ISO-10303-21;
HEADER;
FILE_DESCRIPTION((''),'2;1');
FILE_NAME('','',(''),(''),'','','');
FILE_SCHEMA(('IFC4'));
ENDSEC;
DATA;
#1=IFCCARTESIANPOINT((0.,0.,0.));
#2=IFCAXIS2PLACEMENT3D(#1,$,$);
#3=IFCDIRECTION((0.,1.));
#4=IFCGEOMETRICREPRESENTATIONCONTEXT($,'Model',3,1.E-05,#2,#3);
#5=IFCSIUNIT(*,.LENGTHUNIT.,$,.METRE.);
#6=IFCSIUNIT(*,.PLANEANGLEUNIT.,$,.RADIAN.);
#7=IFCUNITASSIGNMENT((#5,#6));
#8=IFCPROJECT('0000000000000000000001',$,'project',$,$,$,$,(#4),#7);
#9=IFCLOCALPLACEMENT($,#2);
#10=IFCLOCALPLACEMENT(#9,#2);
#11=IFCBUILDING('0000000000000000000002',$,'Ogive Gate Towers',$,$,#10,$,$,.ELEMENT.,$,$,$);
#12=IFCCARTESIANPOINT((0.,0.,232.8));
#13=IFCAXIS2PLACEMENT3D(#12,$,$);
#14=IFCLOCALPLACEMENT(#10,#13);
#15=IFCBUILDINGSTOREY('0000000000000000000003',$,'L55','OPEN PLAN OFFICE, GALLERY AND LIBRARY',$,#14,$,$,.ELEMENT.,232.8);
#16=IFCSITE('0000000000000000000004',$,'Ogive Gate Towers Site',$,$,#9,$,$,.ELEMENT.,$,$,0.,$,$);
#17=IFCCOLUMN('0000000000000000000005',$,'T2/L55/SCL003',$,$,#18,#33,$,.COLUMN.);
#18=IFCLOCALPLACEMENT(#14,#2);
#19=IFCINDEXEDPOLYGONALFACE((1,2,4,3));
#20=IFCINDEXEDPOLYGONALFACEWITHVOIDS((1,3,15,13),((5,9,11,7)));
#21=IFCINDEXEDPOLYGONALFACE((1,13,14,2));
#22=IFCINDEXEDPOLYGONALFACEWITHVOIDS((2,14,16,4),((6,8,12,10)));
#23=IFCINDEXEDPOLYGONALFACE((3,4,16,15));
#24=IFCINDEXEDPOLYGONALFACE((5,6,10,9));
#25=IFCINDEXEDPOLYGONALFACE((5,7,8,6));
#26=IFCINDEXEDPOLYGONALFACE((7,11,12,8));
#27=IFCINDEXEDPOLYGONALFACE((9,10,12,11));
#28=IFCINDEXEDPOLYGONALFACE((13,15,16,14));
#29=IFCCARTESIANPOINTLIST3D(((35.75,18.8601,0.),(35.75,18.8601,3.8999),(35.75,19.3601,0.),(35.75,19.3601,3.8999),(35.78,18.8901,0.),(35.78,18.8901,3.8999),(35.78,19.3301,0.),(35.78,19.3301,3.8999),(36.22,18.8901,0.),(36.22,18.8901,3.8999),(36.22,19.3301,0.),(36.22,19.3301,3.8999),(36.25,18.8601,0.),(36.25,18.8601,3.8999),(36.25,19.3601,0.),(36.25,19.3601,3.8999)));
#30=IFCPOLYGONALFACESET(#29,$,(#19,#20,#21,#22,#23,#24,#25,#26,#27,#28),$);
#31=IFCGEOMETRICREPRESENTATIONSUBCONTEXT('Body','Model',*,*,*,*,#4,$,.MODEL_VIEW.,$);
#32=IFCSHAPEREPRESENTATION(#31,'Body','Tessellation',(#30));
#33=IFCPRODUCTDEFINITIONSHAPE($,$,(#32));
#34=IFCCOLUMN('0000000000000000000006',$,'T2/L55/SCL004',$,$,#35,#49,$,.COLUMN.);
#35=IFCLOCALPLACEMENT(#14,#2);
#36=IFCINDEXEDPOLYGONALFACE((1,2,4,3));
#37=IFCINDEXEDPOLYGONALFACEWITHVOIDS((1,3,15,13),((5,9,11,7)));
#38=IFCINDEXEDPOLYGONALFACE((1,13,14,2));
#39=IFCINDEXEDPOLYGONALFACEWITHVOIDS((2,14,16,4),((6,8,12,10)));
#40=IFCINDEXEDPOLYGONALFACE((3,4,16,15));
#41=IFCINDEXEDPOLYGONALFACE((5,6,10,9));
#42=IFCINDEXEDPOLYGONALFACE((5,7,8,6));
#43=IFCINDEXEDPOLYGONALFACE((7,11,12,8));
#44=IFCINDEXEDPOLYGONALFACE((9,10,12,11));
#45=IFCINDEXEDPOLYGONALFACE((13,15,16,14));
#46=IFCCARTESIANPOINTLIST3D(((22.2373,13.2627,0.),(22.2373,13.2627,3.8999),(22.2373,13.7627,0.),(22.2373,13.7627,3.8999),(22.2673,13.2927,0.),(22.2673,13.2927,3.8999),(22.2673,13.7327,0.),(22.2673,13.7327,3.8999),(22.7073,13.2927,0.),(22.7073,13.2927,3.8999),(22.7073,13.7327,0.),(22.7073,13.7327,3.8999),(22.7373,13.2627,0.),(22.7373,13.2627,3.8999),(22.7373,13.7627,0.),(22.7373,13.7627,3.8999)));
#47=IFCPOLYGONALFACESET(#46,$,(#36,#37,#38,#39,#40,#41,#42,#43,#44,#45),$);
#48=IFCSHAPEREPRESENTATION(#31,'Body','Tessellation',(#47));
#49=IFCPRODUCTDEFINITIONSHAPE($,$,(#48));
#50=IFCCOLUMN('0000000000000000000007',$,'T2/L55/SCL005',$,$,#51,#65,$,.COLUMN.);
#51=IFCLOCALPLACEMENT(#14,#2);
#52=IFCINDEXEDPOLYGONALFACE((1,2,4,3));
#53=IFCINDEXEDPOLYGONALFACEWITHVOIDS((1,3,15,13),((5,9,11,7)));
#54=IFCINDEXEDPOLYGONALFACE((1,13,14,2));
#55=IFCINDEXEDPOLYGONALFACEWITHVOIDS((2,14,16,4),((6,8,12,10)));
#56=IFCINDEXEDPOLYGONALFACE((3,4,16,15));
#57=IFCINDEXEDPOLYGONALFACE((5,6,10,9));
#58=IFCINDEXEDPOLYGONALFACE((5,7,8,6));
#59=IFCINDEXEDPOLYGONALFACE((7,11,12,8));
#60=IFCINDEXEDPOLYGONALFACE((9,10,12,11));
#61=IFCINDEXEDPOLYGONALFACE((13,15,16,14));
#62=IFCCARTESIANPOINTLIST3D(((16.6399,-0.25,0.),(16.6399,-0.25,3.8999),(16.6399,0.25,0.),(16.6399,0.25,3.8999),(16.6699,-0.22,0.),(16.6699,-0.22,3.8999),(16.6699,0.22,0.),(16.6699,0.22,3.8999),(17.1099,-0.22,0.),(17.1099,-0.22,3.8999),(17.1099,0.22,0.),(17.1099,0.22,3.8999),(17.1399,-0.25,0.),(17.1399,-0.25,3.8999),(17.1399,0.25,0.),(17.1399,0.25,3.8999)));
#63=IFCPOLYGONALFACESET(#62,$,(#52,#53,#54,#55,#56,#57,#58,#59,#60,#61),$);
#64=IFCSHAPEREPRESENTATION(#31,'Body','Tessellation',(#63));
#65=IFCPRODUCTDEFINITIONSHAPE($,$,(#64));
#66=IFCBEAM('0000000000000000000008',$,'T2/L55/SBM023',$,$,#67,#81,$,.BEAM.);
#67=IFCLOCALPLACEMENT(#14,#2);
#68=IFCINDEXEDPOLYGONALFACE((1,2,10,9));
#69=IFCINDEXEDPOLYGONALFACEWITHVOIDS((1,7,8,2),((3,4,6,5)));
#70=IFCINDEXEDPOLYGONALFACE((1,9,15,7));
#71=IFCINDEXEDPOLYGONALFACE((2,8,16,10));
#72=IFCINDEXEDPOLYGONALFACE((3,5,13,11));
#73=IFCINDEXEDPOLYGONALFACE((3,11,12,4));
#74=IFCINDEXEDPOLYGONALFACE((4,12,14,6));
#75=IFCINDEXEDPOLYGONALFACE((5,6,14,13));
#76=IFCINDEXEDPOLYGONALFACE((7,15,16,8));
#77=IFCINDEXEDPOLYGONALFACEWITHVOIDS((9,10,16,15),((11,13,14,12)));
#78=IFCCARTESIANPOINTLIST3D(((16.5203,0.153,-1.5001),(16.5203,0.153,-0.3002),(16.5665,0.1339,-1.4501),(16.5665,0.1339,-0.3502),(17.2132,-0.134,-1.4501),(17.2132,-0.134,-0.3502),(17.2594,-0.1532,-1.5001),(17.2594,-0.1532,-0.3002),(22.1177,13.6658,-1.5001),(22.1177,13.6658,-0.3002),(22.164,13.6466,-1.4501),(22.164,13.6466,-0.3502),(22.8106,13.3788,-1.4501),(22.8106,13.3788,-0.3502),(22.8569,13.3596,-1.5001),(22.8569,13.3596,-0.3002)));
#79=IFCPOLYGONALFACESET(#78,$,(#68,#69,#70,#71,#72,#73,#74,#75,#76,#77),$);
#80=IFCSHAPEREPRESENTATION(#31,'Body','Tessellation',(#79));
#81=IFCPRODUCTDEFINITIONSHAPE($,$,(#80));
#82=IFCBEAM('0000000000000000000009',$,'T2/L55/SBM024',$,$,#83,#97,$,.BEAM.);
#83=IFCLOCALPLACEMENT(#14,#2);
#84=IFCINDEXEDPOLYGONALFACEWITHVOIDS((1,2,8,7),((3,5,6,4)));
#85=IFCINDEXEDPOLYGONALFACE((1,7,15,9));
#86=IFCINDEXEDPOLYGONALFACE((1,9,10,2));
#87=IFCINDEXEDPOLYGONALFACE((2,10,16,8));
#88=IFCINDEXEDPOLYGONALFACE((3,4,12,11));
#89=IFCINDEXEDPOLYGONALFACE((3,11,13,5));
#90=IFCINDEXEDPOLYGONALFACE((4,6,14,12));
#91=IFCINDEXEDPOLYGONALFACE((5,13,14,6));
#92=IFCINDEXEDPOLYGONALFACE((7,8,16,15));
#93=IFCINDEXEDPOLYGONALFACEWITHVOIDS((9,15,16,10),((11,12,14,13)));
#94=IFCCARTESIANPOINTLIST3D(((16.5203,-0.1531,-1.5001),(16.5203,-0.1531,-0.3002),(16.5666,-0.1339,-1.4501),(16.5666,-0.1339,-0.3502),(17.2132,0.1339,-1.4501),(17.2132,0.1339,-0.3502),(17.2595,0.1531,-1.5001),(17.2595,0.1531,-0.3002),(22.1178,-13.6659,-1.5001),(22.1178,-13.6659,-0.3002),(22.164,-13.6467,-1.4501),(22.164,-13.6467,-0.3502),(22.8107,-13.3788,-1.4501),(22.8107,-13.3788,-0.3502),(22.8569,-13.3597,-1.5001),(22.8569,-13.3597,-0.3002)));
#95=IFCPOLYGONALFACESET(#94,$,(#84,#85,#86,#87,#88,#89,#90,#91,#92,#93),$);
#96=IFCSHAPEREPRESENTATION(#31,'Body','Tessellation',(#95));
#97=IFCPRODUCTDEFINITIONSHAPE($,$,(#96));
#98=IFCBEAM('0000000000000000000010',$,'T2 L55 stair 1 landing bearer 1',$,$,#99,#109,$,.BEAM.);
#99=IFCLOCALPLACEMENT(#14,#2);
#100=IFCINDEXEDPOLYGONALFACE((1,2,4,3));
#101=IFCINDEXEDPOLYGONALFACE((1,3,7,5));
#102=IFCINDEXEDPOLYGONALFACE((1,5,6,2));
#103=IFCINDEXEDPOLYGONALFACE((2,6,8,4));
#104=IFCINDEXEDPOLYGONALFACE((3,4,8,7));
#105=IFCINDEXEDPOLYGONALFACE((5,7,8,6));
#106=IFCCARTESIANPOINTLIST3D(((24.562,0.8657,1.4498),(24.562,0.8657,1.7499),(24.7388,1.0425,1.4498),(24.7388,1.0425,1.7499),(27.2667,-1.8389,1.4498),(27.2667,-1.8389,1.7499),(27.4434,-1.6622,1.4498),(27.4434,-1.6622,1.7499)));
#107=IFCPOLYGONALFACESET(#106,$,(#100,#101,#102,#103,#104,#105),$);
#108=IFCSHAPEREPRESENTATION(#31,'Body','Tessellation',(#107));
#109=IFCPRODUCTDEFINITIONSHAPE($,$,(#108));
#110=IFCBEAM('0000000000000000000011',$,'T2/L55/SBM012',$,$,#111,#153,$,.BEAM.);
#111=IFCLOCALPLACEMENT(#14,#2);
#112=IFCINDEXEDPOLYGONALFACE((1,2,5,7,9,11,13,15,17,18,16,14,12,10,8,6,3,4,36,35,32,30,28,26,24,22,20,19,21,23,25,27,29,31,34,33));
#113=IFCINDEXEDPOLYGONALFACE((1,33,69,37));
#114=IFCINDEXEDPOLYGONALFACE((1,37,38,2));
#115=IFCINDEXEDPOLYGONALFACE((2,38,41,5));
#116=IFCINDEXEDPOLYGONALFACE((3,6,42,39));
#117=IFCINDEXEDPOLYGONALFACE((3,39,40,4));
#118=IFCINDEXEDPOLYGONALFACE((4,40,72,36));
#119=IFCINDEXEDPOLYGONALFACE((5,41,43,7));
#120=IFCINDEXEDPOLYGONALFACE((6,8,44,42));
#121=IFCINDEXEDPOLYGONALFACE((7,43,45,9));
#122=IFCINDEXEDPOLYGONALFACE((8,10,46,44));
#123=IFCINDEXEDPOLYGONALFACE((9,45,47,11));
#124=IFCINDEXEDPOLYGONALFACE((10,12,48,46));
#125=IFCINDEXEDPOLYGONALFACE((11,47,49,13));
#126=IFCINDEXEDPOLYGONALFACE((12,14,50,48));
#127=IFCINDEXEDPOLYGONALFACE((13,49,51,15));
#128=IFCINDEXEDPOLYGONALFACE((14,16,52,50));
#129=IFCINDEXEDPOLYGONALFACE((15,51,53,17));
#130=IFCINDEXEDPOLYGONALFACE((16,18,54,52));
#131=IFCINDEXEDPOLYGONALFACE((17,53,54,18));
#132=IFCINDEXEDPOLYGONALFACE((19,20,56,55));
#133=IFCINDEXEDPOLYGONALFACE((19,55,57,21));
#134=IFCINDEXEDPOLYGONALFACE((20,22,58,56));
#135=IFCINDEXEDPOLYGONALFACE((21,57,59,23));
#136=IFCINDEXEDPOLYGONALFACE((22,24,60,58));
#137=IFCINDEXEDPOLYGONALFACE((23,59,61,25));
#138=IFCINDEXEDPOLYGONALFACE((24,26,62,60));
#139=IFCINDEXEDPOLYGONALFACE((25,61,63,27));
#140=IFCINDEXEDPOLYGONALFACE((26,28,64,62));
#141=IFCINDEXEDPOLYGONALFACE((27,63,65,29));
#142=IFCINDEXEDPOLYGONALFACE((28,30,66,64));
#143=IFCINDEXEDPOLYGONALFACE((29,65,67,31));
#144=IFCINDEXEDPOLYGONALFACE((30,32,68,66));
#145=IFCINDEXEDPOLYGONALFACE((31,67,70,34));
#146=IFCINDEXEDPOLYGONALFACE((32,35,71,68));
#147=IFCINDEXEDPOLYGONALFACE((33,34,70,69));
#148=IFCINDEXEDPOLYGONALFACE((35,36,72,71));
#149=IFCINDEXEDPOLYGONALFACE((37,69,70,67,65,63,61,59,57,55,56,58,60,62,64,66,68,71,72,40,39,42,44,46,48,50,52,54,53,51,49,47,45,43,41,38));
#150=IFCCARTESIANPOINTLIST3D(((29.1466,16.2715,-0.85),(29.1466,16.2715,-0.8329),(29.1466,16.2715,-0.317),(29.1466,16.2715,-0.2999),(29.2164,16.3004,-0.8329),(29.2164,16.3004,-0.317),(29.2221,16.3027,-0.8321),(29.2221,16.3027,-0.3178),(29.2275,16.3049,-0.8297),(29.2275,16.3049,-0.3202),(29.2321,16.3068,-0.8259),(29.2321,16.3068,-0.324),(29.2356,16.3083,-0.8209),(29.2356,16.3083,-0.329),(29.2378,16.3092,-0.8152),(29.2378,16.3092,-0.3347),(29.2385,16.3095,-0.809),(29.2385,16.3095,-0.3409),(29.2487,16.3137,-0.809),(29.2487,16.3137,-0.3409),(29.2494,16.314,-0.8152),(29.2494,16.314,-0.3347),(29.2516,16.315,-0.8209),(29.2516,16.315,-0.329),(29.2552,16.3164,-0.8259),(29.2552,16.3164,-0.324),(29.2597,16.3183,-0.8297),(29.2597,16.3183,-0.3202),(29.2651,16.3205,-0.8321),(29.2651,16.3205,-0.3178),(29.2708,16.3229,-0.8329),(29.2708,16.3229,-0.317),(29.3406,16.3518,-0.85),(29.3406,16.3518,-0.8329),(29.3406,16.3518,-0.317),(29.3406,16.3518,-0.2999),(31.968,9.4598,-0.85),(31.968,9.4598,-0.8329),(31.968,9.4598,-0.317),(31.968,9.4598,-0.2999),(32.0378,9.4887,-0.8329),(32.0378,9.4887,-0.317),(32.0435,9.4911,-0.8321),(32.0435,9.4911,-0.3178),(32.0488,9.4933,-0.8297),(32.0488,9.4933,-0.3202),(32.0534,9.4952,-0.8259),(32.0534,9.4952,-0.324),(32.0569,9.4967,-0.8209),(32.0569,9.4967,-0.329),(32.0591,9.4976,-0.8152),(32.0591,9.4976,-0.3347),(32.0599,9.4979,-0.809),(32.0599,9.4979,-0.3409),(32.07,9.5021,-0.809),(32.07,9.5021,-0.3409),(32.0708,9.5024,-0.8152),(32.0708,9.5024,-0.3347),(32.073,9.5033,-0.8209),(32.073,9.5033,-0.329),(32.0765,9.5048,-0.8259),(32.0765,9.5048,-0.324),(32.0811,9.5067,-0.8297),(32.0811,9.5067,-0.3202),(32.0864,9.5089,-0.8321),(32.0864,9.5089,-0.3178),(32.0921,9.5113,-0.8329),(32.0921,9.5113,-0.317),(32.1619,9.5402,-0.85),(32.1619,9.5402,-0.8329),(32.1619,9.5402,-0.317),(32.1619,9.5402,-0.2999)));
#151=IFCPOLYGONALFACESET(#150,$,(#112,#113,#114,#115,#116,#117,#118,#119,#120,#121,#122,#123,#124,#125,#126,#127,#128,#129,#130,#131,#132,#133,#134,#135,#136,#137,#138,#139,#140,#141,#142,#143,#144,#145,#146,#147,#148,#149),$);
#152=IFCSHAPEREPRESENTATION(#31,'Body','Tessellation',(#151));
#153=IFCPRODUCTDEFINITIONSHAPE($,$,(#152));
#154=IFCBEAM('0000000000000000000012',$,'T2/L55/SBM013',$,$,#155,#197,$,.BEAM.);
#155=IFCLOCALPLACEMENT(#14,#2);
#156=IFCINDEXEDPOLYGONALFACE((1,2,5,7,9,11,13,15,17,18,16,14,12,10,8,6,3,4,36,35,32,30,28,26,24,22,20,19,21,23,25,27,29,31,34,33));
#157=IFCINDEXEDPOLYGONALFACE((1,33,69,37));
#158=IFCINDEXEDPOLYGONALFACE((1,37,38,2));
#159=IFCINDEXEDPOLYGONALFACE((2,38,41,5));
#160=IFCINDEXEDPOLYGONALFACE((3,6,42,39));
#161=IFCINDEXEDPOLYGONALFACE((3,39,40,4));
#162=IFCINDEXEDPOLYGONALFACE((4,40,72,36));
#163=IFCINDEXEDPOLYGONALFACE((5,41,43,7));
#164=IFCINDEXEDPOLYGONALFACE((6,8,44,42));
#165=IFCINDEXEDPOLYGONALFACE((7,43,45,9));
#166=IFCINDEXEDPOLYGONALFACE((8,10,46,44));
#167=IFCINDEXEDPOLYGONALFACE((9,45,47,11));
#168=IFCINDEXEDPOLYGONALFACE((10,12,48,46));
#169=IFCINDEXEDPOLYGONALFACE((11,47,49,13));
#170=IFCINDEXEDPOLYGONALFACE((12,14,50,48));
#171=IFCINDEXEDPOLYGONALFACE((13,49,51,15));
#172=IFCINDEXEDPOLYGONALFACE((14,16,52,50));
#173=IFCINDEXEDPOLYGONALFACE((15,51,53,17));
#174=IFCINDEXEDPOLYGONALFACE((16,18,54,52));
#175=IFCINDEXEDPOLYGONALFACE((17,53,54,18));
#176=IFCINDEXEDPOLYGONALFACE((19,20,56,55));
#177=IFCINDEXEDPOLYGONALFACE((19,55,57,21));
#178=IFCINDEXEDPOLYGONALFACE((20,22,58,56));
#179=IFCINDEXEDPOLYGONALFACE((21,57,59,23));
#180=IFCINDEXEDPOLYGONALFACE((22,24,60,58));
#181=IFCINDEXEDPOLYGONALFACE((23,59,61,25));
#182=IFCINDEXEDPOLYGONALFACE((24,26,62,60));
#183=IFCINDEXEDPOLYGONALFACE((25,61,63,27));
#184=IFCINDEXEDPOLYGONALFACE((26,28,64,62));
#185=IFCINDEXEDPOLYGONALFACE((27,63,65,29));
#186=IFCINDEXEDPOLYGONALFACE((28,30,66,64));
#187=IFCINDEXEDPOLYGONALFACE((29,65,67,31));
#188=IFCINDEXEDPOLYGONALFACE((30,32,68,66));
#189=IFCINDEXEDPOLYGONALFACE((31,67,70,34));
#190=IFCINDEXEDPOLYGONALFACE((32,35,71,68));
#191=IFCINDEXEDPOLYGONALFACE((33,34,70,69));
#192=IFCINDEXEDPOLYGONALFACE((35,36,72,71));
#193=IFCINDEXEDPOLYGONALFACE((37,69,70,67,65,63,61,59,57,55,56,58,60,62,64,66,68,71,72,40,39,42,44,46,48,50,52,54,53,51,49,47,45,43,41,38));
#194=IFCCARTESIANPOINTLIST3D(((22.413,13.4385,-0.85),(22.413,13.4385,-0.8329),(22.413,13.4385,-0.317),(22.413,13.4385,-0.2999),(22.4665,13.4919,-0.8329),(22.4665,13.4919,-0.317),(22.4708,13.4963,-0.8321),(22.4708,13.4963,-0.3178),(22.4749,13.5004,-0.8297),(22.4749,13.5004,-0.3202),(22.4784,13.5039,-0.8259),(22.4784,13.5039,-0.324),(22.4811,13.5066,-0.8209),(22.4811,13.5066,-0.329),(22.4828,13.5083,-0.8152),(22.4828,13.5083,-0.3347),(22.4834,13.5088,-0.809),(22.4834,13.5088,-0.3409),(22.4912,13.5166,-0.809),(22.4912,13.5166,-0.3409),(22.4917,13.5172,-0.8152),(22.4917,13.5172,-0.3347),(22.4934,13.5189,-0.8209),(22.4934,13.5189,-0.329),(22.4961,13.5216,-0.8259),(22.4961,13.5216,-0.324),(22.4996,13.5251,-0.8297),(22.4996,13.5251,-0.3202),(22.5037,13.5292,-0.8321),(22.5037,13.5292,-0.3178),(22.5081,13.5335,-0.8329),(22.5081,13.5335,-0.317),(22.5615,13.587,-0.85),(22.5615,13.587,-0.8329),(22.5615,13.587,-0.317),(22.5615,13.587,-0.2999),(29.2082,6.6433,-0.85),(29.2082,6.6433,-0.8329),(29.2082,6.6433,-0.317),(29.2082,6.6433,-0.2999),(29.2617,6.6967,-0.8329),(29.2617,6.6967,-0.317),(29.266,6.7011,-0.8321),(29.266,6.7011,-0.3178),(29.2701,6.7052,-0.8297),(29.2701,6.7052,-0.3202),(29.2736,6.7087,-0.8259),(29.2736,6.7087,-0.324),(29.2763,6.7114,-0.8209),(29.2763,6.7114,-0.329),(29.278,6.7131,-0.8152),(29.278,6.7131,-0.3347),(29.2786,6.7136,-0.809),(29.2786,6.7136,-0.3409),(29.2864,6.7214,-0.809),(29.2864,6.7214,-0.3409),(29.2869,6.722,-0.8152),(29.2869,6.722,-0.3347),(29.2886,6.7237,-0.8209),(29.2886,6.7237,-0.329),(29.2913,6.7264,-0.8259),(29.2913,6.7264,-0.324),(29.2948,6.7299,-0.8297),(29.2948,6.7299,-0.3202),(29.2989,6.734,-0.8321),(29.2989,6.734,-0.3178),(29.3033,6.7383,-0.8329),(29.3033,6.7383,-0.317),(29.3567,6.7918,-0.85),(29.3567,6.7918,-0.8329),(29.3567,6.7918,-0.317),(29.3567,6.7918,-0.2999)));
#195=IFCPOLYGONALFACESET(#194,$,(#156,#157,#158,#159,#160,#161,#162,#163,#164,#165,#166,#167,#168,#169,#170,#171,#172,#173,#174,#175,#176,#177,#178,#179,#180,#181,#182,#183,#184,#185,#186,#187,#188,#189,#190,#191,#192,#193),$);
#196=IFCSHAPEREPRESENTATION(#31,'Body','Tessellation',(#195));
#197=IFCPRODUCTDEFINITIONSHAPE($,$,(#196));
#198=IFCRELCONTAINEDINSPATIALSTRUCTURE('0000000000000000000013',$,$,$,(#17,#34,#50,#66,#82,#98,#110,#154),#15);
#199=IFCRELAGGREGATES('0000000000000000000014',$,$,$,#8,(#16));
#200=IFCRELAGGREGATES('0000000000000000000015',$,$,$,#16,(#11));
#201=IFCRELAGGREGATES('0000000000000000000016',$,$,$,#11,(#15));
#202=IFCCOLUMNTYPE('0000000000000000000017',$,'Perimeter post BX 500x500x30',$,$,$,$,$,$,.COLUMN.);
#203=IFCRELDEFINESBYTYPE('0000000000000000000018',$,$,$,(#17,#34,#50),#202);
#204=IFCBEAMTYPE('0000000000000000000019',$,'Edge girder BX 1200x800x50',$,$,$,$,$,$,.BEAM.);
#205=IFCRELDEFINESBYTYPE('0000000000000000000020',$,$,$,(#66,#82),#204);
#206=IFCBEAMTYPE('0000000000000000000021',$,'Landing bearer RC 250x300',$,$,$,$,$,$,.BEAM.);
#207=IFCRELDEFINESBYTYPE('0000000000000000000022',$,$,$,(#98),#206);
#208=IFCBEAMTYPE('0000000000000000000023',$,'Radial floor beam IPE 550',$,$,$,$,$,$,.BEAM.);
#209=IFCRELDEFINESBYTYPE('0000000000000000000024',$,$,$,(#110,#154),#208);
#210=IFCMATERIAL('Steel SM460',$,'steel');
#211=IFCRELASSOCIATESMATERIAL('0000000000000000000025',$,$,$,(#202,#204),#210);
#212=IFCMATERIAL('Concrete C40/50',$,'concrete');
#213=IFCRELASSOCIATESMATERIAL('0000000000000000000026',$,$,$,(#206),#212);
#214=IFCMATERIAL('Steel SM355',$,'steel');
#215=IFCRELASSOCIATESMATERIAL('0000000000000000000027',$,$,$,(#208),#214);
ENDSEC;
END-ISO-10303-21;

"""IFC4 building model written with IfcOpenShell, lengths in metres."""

from ifc_helpers import new_model, si_unit, direction, frame, origin, origin_2d, place, context, subcontext, project, spatial, rectangle, hollow_rectangle, i_section, extrude, material, material_profile, profile_set, type_object, element, save


model = new_model("IFC4")

# Units and contexts
model_context = context("Model", 3, precision=1e-05, world=origin(), true_north=direction((0.0, 1.0)))
body_context = subcontext(model_context, "Body", "Model", "MODEL_VIEW")
ifc_project = project(units=[si_unit("LENGTHUNIT", "METRE"), si_unit("PLANEANGLEUNIT", "RADIAN")], contexts=[model_context])

# Site, building, storey
site_placement = place(None, origin())
site = spatial("IfcSite", under=ifc_project, at=site_placement, Name="Ogive Gate Towers Site", CompositionType="ELEMENT", RefElevation=0.0)
building_placement = place(site_placement, origin())
building = spatial("IfcBuilding", under=site, at=building_placement, Name="Ogive Gate Towers", CompositionType="ELEMENT")
storey_placement = place(building_placement, frame((0.0, 0.0, 232.8)))
storey = spatial("IfcBuildingStorey", under=building, at=storey_placement, Name="L55", Description="OPEN PLAN OFFICE, GALLERY AND LIBRARY", CompositionType="ELEMENT", Elevation=232.8)

# Columns
ifc_material_1 = material(Name="Steel SM460", Category="steel")
ifc_material_profile_1 = material_profile(ifc_material_1, hollow_rectangle(XDim=0.5, YDim=0.5, WallThickness=0.03, at=origin_2d()), Name="BX 500x500x30")
ifc_profile_set_1 = profile_set([ifc_material_profile_1], Name="Steel SM460")
column_type = type_object("IfcColumnType", Name="Perimeter post BX 500x500x30", PredefinedType="COLUMN", material=ifc_profile_set_1)
for number, where, z_axis, x_axis, name in (
    (1, (36.0, 19.1101, 0.0), (0.0, 0.0, 1.0), (1.0, 0.0, 0.0), "T2/L55/SCL003"),
    (2, (22.4873, 13.5127, 0.0), (0.0, 0.0, 1.0), (1.0, 0.0, 0.0), "T2/L55/SCL004"),
    (3, (16.8899, 0.0, 0.0), (0.0, 0.0, 1.0), (1.0, 0.0, 0.0), "T2/L55/SCL005"),
):
    element("IfcColumn", number, at=place(storey_placement, frame(where, z_axis=z_axis, x_axis=x_axis)), inside=storey, type_object=column_type, Name=name, PredefinedType="COLUMN", context=body_context, shape_type="SweptSolid", body=[
        extrude(hollow_rectangle(XDim=0.5, YDim=0.5, WallThickness=0.03, at=origin_2d()), origin(), (0.0, 0.0, 1.0), 3.8999),
    ])

# Beams
ifc_material_profile_2 = material_profile(ifc_material_1, hollow_rectangle(XDim=0.8, YDim=1.2, WallThickness=0.05, at=origin_2d()), Name="BX 1200x800x50")
ifc_profile_set_2 = profile_set([ifc_material_profile_2], Name="Steel SM460")
beam_type_1 = type_object("IfcBeamType", Name="Edge girder BX 1200x800x50", PredefinedType="BEAM", material=ifc_profile_set_2)
for number, where, z_axis, x_axis, name in (
    (4, (22.4873, 13.5127, -0.9001), (-0.382699, -0.923873, 0.0), (0.923873, -0.382699, 0.0), "T2/L55/SBM023"),
    (5, (16.8899, 0.0, -0.9001), (0.382699, -0.923873, 0.0), (0.923873, 0.382699, 0.0), "T2/L55/SBM024"),
):
    element("IfcBeam", number, at=place(storey_placement, frame(where, z_axis=z_axis, x_axis=x_axis)), inside=storey, type_object=beam_type_1, Name=name, PredefinedType="BEAM", context=body_context, shape_type="SweptSolid", body=[
        extrude(hollow_rectangle(XDim=0.8, YDim=1.2, WallThickness=0.05, at=origin_2d()), origin(), (0.0, 0.0, 1.0), 14.6262),
    ])
ifc_material_2 = material(Name="Concrete C40/50", Category="concrete")
ifc_material_profile_3 = material_profile(ifc_material_2, rectangle(XDim=0.25, YDim=0.3, at=origin_2d()), Name="RC 250x300")
ifc_profile_set_3 = profile_set([ifc_material_profile_3], Name="Concrete C40/50")
beam_type_2 = type_object("IfcBeamType", Name="Landing bearer RC 250x300", PredefinedType="BEAM", material=ifc_profile_set_3)
beam_1_placement = place(storey_placement, frame((24.6504, 0.9541, 1.5999), z_axis=(0.707107, -0.707107, 0.0), x_axis=(0.707107, 0.707107, 0.0)))
element("IfcBeam", 6, at=beam_1_placement, inside=storey, type_object=beam_type_2, Name="T2 L55 stair 1 landing bearer 1", PredefinedType="BEAM", context=body_context, shape_type="SweptSolid", body=[
    extrude(rectangle(XDim=0.25, YDim=0.3, at=origin_2d()), origin(), (0.0, 0.0, 1.0), 3.825),
])
ifc_material_3 = material(Name="Steel SM355", Category="steel")
ifc_material_profile_4 = material_profile(ifc_material_3, i_section(OverallWidth=0.21, OverallDepth=0.55, WebThickness=0.011, FlangeThickness=0.0171, FilletRadius=0.0239, at=origin_2d()), Name="IPE 550")
ifc_profile_set_4 = profile_set([ifc_material_profile_4], Name="Steel SM355")
beam_type_3 = type_object("IfcBeamType", Name="Radial floor beam IPE 550", PredefinedType="BEAM", material=ifc_profile_set_4)
beam_2_placement = place(storey_placement, frame((32.0649, 9.5, -0.575), z_axis=(-0.382668, 0.923886, 0.0), x_axis=(-0.923886, -0.382668, 0.0)))
element("IfcBeam", 7, at=beam_2_placement, inside=storey, type_object=beam_type_3, Name="T2/L55/SBM012", PredefinedType="BEAM", context=body_context, shape_type="SweptSolid", body=[
    extrude(i_section(OverallWidth=0.21, OverallDepth=0.55, WebThickness=0.011, FlangeThickness=0.0171, FilletRadius=0.0239, at=origin_2d()), origin(), (0.0, 0.0, 1.0), 7.3728),
])
beam_3_placement = place(storey_placement, frame((29.2825, 6.7175, -0.575), z_axis=(-0.707107, 0.707107, 0.0), x_axis=(-0.707107, -0.707107, 0.0)))
element("IfcBeam", 8, at=beam_3_placement, inside=storey, type_object=beam_type_3, Name="T2/L55/SBM013", PredefinedType="BEAM", context=body_context, shape_type="SweptSolid", body=[
    extrude(i_section(OverallWidth=0.21, OverallDepth=0.55, WebThickness=0.011, FlangeThickness=0.0171, FilletRadius=0.0239, at=origin_2d()), origin(), (0.0, 0.0, 1.0), 9.6099),
])

save(model, "model.ifc")
